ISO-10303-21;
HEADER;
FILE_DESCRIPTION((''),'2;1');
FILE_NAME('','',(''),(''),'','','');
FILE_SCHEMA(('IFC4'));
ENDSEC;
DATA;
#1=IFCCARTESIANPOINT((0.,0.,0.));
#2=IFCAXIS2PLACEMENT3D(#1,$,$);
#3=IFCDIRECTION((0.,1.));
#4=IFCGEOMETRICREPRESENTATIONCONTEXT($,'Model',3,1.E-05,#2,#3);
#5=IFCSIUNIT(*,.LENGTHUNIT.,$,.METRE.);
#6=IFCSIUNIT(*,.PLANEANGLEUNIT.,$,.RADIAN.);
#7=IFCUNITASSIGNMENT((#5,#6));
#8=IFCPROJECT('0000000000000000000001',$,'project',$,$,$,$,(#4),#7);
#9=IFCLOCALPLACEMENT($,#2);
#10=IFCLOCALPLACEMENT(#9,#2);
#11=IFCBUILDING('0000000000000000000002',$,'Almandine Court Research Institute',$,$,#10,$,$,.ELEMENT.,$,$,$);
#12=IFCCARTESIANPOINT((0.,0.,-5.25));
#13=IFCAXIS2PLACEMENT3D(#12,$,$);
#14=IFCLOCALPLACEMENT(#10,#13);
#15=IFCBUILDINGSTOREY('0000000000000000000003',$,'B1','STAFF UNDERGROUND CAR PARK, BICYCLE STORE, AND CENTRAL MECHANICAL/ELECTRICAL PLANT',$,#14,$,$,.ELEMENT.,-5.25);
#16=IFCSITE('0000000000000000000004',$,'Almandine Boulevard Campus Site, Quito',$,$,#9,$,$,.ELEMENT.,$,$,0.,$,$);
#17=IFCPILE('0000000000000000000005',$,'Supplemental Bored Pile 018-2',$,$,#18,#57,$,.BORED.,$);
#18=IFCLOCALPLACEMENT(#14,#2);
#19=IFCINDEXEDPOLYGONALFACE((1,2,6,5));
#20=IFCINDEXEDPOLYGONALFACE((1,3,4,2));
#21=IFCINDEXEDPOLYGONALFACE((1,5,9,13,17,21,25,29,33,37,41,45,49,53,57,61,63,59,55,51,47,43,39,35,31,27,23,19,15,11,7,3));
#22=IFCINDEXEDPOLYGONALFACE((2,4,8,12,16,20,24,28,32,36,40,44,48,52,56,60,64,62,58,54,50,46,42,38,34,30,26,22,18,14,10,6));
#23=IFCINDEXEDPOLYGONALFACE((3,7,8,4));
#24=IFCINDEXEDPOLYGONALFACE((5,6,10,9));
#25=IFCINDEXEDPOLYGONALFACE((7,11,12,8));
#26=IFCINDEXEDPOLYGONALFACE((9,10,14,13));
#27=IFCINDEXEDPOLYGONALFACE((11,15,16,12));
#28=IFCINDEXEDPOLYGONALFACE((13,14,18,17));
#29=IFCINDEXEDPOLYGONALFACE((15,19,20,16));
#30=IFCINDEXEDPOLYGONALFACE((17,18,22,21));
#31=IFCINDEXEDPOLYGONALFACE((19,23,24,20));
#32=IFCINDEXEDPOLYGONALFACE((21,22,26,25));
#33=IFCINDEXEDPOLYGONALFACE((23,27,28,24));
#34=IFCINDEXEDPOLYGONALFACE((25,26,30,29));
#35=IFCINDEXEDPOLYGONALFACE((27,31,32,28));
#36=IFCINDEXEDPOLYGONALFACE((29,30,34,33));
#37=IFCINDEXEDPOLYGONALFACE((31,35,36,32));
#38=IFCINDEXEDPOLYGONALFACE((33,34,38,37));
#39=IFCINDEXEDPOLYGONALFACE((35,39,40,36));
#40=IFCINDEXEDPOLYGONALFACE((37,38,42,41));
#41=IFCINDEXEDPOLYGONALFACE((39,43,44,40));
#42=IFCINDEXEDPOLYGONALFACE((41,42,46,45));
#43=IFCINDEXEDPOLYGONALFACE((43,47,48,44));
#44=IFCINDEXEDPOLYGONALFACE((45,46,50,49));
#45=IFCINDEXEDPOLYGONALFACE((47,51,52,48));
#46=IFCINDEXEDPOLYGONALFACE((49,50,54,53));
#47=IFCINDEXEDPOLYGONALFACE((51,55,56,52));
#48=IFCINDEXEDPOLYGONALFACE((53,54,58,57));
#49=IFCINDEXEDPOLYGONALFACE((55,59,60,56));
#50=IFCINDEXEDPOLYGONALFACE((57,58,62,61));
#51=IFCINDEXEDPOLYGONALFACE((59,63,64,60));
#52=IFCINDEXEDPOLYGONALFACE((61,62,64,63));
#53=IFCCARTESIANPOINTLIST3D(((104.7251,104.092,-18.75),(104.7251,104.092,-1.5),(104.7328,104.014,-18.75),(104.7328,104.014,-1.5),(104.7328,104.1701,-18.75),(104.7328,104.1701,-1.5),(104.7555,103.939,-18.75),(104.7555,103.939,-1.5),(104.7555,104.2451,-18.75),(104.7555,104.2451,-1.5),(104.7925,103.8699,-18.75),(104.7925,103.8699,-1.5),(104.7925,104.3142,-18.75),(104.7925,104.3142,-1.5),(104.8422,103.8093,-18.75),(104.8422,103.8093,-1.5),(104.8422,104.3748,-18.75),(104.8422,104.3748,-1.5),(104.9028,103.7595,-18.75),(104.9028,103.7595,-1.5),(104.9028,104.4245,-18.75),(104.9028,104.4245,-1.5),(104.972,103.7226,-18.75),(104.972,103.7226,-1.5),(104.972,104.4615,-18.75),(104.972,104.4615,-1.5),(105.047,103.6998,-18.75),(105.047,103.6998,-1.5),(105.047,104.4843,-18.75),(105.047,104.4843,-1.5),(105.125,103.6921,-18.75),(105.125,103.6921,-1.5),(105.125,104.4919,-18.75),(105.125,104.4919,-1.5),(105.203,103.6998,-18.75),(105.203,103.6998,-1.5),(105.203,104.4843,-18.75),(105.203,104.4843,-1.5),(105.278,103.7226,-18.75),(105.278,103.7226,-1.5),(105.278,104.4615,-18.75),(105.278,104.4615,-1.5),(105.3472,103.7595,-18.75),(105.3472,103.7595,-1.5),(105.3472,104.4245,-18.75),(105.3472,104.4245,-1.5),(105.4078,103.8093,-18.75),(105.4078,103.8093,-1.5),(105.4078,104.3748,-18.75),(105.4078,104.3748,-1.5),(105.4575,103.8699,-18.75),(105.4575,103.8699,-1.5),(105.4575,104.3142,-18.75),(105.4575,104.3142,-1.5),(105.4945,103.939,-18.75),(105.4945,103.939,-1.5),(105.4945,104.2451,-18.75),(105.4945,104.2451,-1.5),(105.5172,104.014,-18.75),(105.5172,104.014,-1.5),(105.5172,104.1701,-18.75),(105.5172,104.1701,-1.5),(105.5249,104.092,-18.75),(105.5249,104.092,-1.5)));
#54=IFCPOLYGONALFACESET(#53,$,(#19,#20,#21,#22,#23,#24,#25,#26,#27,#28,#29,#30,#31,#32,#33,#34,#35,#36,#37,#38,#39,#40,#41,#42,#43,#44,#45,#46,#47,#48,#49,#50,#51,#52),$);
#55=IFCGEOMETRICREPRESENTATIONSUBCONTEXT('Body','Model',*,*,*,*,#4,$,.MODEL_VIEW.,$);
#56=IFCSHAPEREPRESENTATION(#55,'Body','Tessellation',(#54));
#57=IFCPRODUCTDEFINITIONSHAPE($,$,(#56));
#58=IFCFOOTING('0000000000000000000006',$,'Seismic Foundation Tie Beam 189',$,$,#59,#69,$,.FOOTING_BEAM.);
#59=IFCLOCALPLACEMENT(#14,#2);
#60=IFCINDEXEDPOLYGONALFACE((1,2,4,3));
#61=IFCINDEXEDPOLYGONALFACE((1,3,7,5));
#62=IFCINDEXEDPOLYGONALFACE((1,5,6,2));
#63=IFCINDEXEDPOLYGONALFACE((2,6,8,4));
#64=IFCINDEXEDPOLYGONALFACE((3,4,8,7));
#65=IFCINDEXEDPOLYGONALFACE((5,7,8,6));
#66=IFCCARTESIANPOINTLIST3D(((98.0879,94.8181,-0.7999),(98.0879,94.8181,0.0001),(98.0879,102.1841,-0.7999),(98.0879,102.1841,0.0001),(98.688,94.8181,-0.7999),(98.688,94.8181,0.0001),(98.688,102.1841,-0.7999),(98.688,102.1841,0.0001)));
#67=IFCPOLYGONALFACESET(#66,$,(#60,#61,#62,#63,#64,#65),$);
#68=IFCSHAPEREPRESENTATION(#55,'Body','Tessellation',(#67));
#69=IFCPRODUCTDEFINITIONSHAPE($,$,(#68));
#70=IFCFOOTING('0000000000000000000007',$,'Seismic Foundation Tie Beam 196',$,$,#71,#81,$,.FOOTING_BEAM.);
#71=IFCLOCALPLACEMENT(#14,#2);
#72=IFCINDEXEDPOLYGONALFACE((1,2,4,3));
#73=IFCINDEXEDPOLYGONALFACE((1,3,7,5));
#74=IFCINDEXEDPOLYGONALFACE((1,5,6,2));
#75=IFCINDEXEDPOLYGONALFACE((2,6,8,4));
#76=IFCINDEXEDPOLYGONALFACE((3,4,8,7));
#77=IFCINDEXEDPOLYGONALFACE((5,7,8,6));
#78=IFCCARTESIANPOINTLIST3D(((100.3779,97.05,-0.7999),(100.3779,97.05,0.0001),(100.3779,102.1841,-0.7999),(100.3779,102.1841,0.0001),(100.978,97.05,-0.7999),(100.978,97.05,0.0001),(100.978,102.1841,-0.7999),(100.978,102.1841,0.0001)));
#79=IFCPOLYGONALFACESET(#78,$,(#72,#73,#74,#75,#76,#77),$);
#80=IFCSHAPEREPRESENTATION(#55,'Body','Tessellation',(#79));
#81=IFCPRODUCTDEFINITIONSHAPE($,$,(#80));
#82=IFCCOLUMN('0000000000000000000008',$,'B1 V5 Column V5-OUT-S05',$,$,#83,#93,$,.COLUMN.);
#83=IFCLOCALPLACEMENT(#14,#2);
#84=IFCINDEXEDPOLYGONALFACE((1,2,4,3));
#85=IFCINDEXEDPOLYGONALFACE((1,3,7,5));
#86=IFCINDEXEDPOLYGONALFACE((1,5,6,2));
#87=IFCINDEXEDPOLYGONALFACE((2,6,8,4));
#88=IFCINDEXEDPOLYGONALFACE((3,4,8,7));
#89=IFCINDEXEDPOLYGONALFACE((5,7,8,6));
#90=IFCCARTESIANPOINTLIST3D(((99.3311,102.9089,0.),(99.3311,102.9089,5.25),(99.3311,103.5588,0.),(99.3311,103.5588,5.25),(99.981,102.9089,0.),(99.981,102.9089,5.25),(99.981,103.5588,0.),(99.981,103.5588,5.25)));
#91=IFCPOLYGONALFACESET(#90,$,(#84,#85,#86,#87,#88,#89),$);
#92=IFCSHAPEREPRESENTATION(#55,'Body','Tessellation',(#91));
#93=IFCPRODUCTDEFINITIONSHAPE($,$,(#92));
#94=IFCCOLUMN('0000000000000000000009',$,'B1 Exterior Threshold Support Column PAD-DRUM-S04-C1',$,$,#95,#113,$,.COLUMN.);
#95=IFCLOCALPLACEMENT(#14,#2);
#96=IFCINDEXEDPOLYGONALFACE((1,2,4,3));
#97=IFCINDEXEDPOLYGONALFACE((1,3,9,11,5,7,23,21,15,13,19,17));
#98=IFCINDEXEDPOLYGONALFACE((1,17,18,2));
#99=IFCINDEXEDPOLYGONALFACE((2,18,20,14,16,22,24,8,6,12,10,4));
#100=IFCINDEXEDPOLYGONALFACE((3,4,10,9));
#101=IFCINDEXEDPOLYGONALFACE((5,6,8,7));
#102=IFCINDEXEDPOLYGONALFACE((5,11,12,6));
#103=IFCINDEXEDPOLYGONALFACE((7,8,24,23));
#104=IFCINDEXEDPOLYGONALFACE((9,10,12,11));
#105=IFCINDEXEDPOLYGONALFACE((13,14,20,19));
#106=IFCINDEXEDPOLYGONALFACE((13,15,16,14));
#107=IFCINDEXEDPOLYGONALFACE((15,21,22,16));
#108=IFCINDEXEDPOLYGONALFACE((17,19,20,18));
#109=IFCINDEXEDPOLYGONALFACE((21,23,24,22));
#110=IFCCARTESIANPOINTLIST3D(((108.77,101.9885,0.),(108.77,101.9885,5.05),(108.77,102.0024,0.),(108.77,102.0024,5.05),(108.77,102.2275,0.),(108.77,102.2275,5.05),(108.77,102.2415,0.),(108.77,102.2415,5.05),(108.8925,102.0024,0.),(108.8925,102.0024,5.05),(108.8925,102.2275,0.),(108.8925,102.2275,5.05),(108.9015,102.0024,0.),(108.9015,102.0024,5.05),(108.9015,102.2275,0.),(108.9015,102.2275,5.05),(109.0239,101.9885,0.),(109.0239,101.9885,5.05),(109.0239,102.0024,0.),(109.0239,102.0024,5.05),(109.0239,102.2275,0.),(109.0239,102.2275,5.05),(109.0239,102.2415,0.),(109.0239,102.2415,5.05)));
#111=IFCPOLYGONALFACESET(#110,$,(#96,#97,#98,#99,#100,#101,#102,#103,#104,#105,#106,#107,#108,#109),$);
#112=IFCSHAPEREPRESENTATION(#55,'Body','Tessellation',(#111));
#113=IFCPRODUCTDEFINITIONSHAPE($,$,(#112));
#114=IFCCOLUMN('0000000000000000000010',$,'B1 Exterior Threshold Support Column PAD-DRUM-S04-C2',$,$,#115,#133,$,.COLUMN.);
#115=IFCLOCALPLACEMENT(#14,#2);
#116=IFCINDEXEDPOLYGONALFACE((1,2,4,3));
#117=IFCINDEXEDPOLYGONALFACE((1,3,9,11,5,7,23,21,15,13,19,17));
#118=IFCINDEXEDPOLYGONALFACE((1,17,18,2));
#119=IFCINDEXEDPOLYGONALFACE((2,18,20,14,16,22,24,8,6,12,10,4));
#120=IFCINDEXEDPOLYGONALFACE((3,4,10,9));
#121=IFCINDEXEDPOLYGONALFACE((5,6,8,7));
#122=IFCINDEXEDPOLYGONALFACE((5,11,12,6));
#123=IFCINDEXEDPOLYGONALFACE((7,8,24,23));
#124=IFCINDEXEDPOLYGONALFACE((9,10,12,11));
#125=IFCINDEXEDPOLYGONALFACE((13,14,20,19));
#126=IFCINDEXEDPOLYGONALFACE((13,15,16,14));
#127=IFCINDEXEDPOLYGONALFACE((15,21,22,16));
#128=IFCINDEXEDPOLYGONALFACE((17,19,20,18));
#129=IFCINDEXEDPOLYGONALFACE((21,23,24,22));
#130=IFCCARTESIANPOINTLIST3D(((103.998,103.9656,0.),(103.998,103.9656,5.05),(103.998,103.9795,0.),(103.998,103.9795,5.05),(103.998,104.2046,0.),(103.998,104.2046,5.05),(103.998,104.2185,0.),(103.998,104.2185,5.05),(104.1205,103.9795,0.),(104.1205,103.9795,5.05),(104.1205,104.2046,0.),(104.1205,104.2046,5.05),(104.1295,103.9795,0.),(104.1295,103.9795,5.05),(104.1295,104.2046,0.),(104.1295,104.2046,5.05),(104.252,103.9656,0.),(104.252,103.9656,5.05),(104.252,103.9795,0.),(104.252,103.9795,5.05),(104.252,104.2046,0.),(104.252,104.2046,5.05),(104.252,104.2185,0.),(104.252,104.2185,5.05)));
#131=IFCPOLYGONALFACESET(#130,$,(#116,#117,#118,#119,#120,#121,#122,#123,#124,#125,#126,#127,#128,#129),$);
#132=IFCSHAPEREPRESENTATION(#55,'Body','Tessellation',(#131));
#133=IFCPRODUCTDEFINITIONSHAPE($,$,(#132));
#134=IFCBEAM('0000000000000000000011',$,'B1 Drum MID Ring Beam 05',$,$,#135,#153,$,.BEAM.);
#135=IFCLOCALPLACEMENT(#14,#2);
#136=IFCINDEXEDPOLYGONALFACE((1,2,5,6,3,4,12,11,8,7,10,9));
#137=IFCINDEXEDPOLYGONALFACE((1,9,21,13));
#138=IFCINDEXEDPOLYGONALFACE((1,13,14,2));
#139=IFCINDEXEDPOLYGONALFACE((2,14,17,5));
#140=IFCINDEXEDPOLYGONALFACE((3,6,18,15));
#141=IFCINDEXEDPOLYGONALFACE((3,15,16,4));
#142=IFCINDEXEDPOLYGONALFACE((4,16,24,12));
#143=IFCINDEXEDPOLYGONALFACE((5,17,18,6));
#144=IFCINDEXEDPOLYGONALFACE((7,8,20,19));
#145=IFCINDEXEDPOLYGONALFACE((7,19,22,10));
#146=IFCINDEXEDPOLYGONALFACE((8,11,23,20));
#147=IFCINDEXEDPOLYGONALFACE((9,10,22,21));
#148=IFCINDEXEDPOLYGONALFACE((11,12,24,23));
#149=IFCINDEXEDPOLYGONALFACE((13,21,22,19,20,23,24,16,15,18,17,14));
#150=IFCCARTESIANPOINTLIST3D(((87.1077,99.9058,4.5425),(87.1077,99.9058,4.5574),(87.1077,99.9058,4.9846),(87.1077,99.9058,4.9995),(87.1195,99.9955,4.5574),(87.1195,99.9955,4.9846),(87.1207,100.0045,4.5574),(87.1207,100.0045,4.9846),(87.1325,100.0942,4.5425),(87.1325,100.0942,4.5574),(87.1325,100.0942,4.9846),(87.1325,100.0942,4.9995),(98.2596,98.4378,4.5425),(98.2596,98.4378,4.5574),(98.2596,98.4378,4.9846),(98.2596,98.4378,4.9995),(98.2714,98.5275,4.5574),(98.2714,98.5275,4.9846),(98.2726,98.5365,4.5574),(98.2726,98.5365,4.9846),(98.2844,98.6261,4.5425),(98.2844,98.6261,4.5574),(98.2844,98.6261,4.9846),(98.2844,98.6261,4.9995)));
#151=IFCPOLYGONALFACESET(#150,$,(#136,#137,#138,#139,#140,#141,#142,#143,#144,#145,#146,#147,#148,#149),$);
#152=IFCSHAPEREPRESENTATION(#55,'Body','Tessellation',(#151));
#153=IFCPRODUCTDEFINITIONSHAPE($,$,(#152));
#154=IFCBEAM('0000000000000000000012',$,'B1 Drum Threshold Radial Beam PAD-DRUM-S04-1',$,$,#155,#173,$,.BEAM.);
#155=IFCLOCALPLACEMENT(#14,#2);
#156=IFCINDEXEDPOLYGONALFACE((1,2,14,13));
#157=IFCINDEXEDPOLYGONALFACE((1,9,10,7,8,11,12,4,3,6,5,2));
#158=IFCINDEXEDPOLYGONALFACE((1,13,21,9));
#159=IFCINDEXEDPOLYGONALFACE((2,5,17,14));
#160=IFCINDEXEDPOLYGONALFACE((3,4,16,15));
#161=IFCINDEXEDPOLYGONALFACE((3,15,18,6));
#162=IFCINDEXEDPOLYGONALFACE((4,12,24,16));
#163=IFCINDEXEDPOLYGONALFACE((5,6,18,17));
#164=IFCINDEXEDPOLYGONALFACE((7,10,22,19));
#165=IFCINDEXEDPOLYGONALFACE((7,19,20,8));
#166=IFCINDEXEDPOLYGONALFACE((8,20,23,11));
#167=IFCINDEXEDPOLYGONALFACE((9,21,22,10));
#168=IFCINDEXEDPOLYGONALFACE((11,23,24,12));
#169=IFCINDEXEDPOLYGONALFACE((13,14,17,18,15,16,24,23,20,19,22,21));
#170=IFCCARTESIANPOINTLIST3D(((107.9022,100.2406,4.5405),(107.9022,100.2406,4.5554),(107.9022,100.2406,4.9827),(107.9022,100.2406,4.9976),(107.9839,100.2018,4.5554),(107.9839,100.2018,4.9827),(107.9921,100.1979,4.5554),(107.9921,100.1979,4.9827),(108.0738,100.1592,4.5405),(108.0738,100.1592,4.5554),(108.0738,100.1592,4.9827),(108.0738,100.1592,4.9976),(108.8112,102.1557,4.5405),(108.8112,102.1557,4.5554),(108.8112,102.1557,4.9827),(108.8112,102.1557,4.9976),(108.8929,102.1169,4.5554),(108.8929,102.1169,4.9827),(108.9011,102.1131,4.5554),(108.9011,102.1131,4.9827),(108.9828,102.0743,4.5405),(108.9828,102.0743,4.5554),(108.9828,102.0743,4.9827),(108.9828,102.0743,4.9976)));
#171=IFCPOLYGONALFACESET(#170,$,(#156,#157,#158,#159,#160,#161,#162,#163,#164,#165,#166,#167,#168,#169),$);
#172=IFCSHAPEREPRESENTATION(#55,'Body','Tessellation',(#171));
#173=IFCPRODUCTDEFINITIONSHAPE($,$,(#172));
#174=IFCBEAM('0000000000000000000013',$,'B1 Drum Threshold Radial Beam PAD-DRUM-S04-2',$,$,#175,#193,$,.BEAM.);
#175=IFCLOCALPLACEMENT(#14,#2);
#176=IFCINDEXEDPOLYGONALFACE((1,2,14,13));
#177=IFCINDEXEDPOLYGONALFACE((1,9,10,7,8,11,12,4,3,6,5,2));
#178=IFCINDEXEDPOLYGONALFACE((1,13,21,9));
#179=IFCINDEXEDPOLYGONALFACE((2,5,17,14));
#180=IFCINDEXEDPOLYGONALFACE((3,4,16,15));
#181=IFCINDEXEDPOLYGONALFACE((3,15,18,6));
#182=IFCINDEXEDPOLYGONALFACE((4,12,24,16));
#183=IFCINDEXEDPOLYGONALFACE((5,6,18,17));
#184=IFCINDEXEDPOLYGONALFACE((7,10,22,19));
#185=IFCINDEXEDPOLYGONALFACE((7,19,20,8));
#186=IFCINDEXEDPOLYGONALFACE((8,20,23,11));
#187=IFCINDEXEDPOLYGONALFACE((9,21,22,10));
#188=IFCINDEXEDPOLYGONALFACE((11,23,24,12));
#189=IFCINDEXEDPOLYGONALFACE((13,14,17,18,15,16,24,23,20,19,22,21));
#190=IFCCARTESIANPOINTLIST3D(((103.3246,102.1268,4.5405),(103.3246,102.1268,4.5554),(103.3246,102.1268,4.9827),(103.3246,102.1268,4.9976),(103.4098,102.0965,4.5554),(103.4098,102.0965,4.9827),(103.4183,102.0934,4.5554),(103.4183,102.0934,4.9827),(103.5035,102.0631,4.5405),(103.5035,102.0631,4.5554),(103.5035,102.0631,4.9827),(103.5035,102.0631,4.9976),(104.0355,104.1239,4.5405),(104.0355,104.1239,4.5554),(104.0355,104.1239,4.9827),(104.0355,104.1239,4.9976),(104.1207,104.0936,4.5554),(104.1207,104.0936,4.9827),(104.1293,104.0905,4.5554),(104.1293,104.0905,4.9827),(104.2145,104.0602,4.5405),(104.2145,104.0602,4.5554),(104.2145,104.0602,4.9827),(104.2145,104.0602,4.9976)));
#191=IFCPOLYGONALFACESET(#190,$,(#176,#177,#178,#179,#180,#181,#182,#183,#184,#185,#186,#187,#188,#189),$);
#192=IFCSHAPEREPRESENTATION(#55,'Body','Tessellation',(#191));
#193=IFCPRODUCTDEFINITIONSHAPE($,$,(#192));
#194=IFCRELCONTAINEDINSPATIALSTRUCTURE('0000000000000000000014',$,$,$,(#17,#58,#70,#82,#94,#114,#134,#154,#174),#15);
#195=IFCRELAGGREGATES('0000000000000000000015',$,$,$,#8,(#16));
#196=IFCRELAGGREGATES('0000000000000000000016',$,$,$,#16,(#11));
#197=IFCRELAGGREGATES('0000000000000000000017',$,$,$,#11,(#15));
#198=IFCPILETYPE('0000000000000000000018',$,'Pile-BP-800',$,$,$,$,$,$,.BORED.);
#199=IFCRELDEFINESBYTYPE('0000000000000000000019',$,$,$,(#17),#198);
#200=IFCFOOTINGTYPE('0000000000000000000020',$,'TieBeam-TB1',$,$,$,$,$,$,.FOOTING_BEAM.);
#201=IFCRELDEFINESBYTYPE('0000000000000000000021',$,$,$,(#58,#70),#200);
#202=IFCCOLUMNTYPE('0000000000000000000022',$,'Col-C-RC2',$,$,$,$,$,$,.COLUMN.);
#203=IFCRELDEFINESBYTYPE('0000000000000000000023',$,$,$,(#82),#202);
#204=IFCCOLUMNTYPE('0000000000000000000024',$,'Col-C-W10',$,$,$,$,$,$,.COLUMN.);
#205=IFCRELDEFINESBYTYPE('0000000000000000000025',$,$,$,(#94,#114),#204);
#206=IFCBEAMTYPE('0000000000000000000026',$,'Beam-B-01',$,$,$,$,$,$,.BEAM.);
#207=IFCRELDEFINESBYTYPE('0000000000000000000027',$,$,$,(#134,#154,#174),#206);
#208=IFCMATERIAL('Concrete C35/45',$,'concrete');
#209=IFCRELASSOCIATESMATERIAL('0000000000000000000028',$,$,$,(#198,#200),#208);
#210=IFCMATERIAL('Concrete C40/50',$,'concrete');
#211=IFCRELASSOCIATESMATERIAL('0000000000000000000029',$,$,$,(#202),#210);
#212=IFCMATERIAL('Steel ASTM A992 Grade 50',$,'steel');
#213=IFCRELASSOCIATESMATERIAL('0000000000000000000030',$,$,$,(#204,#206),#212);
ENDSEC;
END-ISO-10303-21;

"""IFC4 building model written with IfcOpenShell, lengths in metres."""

from ifc_helpers import new_model, si_unit, direction, frame, origin, origin_2d, place, context, subcontext, project, spatial, rectangle, circle, i_section, extrude, material, material_profile, profile_set, type_object, element, save


model = new_model("IFC4")

# Units and contexts
model_context = context("Model", 3, precision=1e-05, world=origin(), true_north=direction((0.0, 1.0)))
body_context = subcontext(model_context, "Body", "Model", "MODEL_VIEW")
ifc_project = project(units=[si_unit("LENGTHUNIT", "METRE"), si_unit("PLANEANGLEUNIT", "RADIAN")], contexts=[model_context])

# Site, building, storey
site_placement = place(None, origin())
site = spatial("IfcSite", under=ifc_project, at=site_placement, Name="Almandine Boulevard Campus Site, Quito", CompositionType="ELEMENT", RefElevation=0.0)
building_placement = place(site_placement, origin())
building = spatial("IfcBuilding", under=site, at=building_placement, Name="Almandine Court Research Institute", CompositionType="ELEMENT")
storey_placement = place(building_placement, frame((0.0, 0.0, -5.25)))
storey = spatial("IfcBuildingStorey", under=building, at=storey_placement, Name="B1", Description="STAFF UNDERGROUND CAR PARK, BICYCLE STORE, AND CENTRAL MECHANICAL/ELECTRICAL PLANT", CompositionType="ELEMENT", Elevation=-5.25)

# Shared definitions
ifc_material_1 = material(Name="Concrete C35/45", Category="concrete")

# Pile
ifc_material_profile_1 = material_profile(ifc_material_1, circle(Radius=0.3999, at=origin_2d()), Name="BORED PILE D800")
ifc_profile_set_1 = profile_set([ifc_material_profile_1], Name="Concrete C35/45")
pile_type_1 = type_object("IfcPileType", Name="Pile-BP-800", PredefinedType="BORED", material=ifc_profile_set_1)
for number, where, z_axis, x_axis, name in (
    (1, (105.125, 104.092, -1.5), (0.0, 0.0, -1.0), (1.0, 0.0, 0.0), "Supplemental Bored Pile 018-2"),
):
    element("IfcPile", number, at=place(storey_placement, frame(where, z_axis=z_axis, x_axis=x_axis)), inside=storey, type_object=pile_type_1, Name=name, PredefinedType="BORED", context=body_context, shape_type="SweptSolid", body=[
        extrude(circle(Radius=0.3999, at=origin_2d()), origin(), (0.0, 0.0, 1.0), 17.25),
    ])

# Footings
ifc_material_profile_2 = material_profile(ifc_material_1, rectangle(XDim=0.6001, YDim=0.8, at=origin_2d()), Name="RC TIE 600x800")
ifc_profile_set_2 = profile_set([ifc_material_profile_2], Name="Concrete C35/45")
footing_type_1 = type_object("IfcFootingType", Name="TieBeam-TB1", PredefinedType="FOOTING_BEAM", material=ifc_profile_set_2)
footing_1_placement = place(storey_placement, frame((98.3879, 94.8181, -0.3999), z_axis=(0.0, 1.0, 0.0), x_axis=(-1.0, 0.0, 0.0)))
element("IfcFooting", 2, at=footing_1_placement, inside=storey, type_object=footing_type_1, Name="Seismic Foundation Tie Beam 189", PredefinedType="FOOTING_BEAM", context=body_context, shape_type="SweptSolid", body=[
    extrude(rectangle(XDim=0.6001, YDim=0.8, at=origin_2d()), origin(), (0.0, 0.0, 1.0), 7.366),
])
footing_2_placement = place(storey_placement, frame((100.678, 97.05, -0.3999), z_axis=(0.0, 1.0, 0.0), x_axis=(-1.0, 0.0, 0.0)))
element("IfcFooting", 3, at=footing_2_placement, inside=storey, type_object=footing_type_1, Name="Seismic Foundation Tie Beam 196", PredefinedType="FOOTING_BEAM", context=body_context, shape_type="SweptSolid", body=[
    extrude(rectangle(XDim=0.6001, YDim=0.8, at=origin_2d()), origin(), (0.0, 0.0, 1.0), 5.134),
])

# Columns
ifc_material_2 = material(Name="Concrete C40/50", Category="concrete")
ifc_material_profile_3 = material_profile(ifc_material_2, rectangle(XDim=0.6499, YDim=0.6499, at=origin_2d()), Name="RC 650x650")
ifc_profile_set_3 = profile_set([ifc_material_profile_3], Name="Concrete C40/50")
column_type_1 = type_object("IfcColumnType", Name="Col-C-RC2", PredefinedType="COLUMN", material=ifc_profile_set_3)
column_placement = place(storey_placement, frame((99.656, 103.2339, 0.0), z_axis=(0.0, 0.0, 1.0), x_axis=(1.0, 0.0, 0.0)))
element("IfcColumn", 4, at=column_placement, inside=storey, type_object=column_type_1, Name="B1 V5 Column V5-OUT-S05", PredefinedType="COLUMN", context=body_context, shape_type="SweptSolid", body=[
    extrude(rectangle(XDim=0.6499, YDim=0.6499, at=origin_2d()), origin(), (0.0, 0.0, 1.0), 5.25),
])
ifc_material_3 = material(Name="Steel ASTM A992 Grade 50", Category="steel")
ifc_material_profile_4 = material_profile(ifc_material_3, i_section(OverallWidth=0.2539, OverallDepth=0.2529, WebThickness=0.009, FlangeThickness=0.0139, at=origin_2d()), Name="W250x73")
ifc_profile_set_4 = profile_set([ifc_material_profile_4], Name="Steel ASTM A992 Grade 50")
column_type_2 = type_object("IfcColumnType", Name="Col-C-W10", PredefinedType="COLUMN", material=ifc_profile_set_4)
for number, where, z_axis, x_axis, name in (
    (5, (108.897, 102.115, 0.0), (0.0, 0.0, 1.0), (1.0, 0.0, 0.0), "B1 Exterior Threshold Support Column PAD-DRUM-S04-C1"),
    (6, (104.125, 104.092, 0.0), (0.0, 0.0, 1.0), (1.0, 0.0, 0.0), "B1 Exterior Threshold Support Column PAD-DRUM-S04-C2"),
):
    element("IfcColumn", number, at=place(storey_placement, frame(where, z_axis=z_axis, x_axis=x_axis)), inside=storey, type_object=column_type_2, Name=name, PredefinedType="COLUMN", context=body_context, shape_type="SweptSolid", body=[
        extrude(i_section(OverallWidth=0.2539, OverallDepth=0.2529, WebThickness=0.009, FlangeThickness=0.0139, at=origin_2d()), origin(), (0.0, 0.0, 1.0), 5.05),
    ])

# Beams
ifc_material_profile_5 = material_profile(ifc_material_3, i_section(OverallWidth=0.1899, OverallDepth=0.457, WebThickness=0.009, FlangeThickness=0.0149, at=origin_2d()), Name="W460x74")
ifc_profile_set_5 = profile_set([ifc_material_profile_5], Name="Steel ASTM A992 Grade 50")
beam_type_1 = type_object("IfcBeamType", Name="Beam-B-01", PredefinedType="BEAM", material=ifc_profile_set_5)
beam_1_placement = place(storey_placement, frame((98.272, 98.532, 4.771), z_axis=(-0.991447, 0.130513, 0.0), x_axis=(-0.130513, -0.991447, 0.0)))
element("IfcBeam", 7, at=beam_1_placement, inside=storey, type_object=beam_type_1, Name="B1 Drum MID Ring Beam 05", PredefinedType="BEAM", context=body_context, shape_type="SweptSolid", body=[
    extrude(i_section(OverallWidth=0.1899, OverallDepth=0.457, WebThickness=0.009, FlangeThickness=0.0149, at=origin_2d()), origin(), (0.0, 0.0, 1.0), 11.248),
])
for number, where, z_axis, x_axis, name in (
    (8, (108.897, 102.115, 4.769), (-0.428784, -0.903407, 0.0), (0.903407, -0.428784, 0.0), "B1 Drum Threshold Radial Beam PAD-DRUM-S04-1"),
    (9, (104.125, 104.092, 4.769), (-0.335373, -0.942085, 0.0), (0.942085, -0.335373, 0.0), "B1 Drum Threshold Radial Beam PAD-DRUM-S04-2"),
):
    element("IfcBeam", number, at=place(storey_placement, frame(where, z_axis=z_axis, x_axis=x_axis)), inside=storey, type_object=beam_type_1, Name=name, PredefinedType="BEAM", context=body_context, shape_type="SweptSolid", body=[
        extrude(i_section(OverallWidth=0.1899, OverallDepth=0.457, WebThickness=0.009, FlangeThickness=0.0149, at=origin_2d()), origin(), (0.0, 0.0, 1.0), 2.1199),
    ])

save(model, "model.ifc")
